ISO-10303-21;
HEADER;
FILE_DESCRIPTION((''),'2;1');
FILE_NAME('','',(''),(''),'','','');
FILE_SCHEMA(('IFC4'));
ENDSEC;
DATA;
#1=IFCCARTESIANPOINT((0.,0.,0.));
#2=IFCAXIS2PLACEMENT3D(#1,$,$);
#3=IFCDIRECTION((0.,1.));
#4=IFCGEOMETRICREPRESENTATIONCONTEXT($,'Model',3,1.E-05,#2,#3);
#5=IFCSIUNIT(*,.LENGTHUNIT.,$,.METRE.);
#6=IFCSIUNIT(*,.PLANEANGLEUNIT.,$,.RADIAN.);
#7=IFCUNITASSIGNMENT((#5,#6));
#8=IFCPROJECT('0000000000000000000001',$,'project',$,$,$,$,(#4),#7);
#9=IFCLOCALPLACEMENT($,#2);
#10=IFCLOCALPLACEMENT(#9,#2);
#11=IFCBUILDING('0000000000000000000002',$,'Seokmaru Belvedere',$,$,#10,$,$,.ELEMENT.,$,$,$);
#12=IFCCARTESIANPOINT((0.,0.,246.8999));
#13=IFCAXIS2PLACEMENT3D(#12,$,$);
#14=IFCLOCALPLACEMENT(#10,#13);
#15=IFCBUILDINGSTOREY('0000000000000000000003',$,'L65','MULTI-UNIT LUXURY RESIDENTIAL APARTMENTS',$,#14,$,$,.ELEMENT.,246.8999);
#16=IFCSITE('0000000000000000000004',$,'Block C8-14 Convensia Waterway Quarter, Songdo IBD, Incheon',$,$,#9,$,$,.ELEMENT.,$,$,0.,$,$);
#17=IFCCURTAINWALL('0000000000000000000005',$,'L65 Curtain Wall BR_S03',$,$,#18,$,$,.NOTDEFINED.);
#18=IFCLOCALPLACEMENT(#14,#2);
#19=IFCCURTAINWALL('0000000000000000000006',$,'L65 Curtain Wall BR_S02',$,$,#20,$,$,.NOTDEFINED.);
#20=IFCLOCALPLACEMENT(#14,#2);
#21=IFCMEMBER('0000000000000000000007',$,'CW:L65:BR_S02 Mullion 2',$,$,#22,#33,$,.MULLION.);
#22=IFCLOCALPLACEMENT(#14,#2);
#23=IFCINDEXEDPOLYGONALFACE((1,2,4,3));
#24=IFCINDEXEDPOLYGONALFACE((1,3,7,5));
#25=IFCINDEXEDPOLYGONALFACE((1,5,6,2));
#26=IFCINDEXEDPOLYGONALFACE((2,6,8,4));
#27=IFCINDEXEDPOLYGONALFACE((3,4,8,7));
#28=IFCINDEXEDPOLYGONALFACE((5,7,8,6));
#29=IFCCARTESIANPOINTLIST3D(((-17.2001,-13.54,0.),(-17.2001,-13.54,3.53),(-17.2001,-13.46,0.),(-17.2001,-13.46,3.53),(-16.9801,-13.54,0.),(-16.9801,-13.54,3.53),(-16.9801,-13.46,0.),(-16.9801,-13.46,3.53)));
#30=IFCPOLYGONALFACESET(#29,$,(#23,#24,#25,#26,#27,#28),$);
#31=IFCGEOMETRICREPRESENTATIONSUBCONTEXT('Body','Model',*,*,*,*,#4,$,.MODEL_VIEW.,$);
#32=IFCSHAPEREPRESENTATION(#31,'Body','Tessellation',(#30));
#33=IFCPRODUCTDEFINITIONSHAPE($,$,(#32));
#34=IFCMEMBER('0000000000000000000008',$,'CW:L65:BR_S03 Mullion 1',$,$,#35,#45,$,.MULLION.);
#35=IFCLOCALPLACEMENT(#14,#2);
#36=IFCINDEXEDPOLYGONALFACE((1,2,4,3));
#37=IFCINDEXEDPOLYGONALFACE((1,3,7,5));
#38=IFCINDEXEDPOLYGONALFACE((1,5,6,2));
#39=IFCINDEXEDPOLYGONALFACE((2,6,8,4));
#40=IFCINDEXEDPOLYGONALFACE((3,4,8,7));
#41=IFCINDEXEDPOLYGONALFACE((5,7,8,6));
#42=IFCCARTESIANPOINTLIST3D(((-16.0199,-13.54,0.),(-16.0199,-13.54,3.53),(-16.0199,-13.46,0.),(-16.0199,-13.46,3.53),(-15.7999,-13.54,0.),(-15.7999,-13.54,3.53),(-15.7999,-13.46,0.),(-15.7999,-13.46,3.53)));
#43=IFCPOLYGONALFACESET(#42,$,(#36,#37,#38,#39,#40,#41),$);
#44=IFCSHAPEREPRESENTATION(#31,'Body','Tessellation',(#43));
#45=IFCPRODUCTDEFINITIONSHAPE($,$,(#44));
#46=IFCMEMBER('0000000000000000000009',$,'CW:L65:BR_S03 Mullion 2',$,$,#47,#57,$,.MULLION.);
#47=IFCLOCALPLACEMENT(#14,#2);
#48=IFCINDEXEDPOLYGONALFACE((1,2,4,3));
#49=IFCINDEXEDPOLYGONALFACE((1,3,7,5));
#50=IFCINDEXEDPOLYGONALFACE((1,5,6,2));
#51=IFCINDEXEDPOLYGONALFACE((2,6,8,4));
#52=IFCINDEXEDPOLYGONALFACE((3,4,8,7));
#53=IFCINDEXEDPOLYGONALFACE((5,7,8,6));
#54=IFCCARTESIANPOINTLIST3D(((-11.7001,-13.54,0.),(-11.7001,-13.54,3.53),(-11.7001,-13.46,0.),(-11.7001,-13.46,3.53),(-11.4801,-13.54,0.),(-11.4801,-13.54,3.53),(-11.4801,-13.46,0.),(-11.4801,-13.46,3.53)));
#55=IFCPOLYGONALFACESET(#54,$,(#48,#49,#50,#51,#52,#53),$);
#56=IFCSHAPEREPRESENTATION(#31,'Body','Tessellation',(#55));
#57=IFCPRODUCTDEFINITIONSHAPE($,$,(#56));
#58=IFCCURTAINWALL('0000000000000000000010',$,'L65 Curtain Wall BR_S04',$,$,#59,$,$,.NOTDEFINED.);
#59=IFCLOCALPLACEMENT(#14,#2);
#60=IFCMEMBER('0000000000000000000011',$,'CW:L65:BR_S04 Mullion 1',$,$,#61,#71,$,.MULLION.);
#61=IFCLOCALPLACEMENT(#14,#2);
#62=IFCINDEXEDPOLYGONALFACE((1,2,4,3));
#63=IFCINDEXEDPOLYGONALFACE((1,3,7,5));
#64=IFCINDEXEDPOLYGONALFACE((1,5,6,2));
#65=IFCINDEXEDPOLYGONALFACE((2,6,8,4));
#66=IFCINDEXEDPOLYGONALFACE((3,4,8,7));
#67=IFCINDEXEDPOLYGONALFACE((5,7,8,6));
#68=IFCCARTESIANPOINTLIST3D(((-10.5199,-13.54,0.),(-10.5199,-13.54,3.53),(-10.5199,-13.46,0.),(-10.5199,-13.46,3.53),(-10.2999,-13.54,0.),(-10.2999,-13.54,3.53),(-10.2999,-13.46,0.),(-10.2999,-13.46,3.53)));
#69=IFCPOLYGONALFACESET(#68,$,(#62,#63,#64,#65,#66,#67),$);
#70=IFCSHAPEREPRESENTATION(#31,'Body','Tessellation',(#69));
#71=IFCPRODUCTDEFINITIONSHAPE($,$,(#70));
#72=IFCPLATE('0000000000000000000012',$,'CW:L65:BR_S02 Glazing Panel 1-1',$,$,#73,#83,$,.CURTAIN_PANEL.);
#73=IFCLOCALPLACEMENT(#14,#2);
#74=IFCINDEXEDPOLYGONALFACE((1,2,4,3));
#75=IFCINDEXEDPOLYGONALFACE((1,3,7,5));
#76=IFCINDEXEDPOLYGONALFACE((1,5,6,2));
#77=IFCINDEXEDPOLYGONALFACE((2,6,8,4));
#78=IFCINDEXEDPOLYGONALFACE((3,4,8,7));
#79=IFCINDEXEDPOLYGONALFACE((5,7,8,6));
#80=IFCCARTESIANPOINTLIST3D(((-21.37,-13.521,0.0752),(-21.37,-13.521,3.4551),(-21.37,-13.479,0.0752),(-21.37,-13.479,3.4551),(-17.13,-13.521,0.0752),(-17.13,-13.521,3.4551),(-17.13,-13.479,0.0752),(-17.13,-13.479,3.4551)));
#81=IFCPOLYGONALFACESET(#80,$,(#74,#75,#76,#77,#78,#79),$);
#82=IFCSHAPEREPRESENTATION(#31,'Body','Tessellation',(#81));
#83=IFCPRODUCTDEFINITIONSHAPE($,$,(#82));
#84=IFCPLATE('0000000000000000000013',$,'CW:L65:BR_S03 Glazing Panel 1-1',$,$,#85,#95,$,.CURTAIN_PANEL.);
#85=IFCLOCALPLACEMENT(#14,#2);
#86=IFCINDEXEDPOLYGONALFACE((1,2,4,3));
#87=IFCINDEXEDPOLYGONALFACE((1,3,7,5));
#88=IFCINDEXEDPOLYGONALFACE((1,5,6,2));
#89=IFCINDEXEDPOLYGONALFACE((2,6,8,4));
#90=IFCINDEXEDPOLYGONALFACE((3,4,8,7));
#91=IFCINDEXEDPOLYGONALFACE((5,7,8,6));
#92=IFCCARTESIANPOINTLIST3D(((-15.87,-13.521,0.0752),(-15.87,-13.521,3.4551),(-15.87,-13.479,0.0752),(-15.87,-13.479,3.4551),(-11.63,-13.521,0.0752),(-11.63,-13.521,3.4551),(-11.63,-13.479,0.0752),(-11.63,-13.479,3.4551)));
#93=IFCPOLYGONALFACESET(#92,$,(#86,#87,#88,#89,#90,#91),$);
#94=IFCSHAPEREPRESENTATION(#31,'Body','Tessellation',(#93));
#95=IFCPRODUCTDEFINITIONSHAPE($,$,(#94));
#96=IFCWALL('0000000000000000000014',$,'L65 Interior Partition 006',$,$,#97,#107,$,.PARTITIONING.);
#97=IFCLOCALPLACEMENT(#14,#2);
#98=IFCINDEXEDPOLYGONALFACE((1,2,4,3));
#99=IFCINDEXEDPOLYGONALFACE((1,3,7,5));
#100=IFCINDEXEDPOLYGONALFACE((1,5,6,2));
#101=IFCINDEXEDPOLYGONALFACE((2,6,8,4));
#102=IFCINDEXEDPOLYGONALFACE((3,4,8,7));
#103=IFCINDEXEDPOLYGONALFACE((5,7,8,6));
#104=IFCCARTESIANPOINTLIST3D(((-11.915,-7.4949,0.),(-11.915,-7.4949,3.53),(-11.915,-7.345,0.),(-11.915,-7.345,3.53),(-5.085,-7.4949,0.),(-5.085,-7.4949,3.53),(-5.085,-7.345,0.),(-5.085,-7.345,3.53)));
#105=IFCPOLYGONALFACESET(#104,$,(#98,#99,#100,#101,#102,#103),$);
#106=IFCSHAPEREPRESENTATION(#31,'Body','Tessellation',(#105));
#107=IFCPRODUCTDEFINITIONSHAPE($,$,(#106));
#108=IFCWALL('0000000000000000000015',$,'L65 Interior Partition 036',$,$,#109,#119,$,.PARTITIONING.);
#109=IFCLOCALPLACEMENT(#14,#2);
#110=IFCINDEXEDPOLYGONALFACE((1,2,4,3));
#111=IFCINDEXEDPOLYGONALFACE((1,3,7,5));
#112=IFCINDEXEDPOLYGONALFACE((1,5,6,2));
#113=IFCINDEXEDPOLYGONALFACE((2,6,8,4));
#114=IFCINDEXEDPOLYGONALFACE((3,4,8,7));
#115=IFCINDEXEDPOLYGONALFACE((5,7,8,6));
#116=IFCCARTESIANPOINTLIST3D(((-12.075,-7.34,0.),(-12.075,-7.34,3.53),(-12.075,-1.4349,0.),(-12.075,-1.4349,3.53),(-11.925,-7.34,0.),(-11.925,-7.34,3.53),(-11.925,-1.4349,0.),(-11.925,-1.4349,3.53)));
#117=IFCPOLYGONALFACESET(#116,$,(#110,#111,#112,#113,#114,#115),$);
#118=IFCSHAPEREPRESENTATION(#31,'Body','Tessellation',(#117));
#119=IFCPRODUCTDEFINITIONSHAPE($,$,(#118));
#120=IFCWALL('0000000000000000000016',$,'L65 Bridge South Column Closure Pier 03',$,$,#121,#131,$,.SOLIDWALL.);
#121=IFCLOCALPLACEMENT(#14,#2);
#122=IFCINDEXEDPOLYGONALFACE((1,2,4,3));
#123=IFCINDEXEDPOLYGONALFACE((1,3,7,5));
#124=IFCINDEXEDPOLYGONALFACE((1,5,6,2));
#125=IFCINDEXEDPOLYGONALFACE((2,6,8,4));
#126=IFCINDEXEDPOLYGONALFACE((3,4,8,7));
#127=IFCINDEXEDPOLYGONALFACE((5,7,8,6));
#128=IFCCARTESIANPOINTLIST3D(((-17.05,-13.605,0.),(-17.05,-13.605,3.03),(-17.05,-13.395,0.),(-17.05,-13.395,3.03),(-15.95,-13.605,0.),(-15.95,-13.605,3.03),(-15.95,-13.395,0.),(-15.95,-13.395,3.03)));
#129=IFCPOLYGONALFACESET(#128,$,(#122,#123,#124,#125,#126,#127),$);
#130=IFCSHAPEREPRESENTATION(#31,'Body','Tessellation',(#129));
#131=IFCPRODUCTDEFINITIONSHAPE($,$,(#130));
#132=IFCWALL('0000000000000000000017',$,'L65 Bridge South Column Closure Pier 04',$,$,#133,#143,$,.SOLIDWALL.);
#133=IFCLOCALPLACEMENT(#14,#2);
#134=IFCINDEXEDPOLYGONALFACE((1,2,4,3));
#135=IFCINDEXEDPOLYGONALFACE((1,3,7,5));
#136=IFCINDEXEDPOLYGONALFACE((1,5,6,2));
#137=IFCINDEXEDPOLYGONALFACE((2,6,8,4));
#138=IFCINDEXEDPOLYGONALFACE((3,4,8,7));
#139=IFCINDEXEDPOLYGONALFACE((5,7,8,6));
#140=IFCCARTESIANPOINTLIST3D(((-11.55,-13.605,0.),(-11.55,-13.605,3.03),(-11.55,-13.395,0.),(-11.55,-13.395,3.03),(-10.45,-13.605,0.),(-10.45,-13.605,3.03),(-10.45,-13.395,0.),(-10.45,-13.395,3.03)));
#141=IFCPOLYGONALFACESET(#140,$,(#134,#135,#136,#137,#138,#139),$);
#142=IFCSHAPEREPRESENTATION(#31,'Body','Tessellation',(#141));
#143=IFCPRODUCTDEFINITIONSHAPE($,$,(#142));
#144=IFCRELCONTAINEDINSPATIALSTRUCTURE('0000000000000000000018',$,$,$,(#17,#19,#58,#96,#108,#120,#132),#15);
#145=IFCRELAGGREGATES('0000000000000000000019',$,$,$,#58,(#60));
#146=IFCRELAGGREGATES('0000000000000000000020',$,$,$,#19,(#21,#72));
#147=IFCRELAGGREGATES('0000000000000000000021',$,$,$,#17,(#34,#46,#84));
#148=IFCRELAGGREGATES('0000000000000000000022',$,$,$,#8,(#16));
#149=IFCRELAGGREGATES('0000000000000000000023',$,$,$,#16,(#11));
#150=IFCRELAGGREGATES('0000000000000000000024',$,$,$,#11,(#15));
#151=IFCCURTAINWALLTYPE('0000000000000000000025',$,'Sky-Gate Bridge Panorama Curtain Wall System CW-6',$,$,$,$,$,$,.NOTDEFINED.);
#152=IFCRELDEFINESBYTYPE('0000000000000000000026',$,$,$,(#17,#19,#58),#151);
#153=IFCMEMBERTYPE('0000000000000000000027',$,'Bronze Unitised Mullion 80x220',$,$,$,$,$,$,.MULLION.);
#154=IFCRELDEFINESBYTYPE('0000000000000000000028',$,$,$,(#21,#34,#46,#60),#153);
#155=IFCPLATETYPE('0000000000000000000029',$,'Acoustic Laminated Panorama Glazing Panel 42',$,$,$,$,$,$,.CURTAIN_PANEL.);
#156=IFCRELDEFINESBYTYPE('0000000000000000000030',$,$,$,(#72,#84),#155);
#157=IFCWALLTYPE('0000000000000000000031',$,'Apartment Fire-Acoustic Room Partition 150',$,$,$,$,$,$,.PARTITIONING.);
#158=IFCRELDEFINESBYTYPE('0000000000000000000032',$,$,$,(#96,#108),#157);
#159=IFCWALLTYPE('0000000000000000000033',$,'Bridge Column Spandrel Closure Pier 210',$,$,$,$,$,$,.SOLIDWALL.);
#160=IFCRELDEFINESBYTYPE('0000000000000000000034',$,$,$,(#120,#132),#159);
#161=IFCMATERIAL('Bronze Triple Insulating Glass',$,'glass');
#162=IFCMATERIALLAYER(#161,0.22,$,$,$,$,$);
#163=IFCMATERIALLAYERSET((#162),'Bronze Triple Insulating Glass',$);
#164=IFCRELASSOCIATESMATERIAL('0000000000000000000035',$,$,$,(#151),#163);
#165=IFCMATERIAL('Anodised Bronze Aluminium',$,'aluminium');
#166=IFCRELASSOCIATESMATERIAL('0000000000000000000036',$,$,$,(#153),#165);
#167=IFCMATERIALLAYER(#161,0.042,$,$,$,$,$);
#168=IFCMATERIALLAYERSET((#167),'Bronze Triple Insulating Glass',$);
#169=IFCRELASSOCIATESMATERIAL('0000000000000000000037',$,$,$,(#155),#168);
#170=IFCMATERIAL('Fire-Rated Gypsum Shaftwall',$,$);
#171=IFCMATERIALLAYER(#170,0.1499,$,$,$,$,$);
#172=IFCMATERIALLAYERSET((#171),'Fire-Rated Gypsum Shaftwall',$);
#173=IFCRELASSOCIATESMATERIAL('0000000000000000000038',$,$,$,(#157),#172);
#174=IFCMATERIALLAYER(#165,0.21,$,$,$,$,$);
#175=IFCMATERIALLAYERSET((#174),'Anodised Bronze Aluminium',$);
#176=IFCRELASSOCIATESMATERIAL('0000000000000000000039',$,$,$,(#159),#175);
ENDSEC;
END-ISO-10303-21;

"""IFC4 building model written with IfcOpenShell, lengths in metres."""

from ifc_helpers import new_model, si_unit, direction, frame, frame_2d, origin, origin_2d, place, context, subcontext, project, spatial, rectangle, extrude, source, transform, mapped, material, layer, layer_set, material_profile, profile_set, type_object, type_shapes, element, aggregate, save


model = new_model("IFC4")

# Units and contexts
model_context = context("Model", 3, precision=1e-05, world=origin(), true_north=direction((0.0, 1.0)))
body_context = subcontext(model_context, "Body", "Model", "MODEL_VIEW")
ifc_project = project(units=[si_unit("LENGTHUNIT", "METRE"), si_unit("PLANEANGLEUNIT", "RADIAN")], contexts=[model_context])

# Site, building, storey
site_placement = place(None, origin())
site = spatial("IfcSite", under=ifc_project, at=site_placement, Name="Block C8-14 Convensia Waterway Quarter, Songdo IBD, Incheon", CompositionType="ELEMENT", RefElevation=0.0)
building_placement = place(site_placement, origin())
building = spatial("IfcBuilding", under=site, at=building_placement, Name="Seokmaru Belvedere", CompositionType="ELEMENT")
storey_placement = place(building_placement, frame((0.0, 0.0, 246.8999)))
storey = spatial("IfcBuildingStorey", under=building, at=storey_placement, Name="L65", Description="MULTI-UNIT LUXURY RESIDENTIAL APARTMENTS", CompositionType="ELEMENT", Elevation=246.8999)

# Curtain wall
ifc_material_1 = material(Name="Bronze Triple Insulating Glass", Category="glass")
ifc_layer_1 = layer(ifc_material_1, 0.22)
ifc_layer_set_1 = layer_set([ifc_layer_1], Name="Bronze Triple Insulating Glass")
curtain_wall_type = type_object("IfcCurtainWallType", Name="Sky-Gate Bridge Panorama Curtain Wall System CW-6", PredefinedType="NOTDEFINED", material=ifc_layer_set_1)
curtain_wall_1_placement = place(storey_placement, origin())
curtain_wall_1 = element("IfcCurtainWall", 1, at=curtain_wall_1_placement, inside=storey, type_object=curtain_wall_type, Name="L65 Curtain Wall BR_S03", PredefinedType="NOTDEFINED")
ifc_material_2 = material(Name="Anodised Bronze Aluminium", Category="aluminium")

# Curtain wall, member
curtain_wall_2_placement = place(storey_placement, origin())
curtain_wall_2 = element("IfcCurtainWall", 2, at=curtain_wall_2_placement, inside=storey, type_object=curtain_wall_type, Name="L65 Curtain Wall BR_S02", PredefinedType="NOTDEFINED")
ifc_material_profile_1 = material_profile(ifc_material_2, rectangle(XDim=0.0801, YDim=0.22, at=origin_2d()), Name="CW-M-80x220")
ifc_profile_set_1 = profile_set([ifc_material_profile_1], Name="Anodised Bronze Aluminium")
member_type_1 = type_object("IfcMemberType", Name="Bronze Unitised Mullion 80x220", PredefinedType="MULLION", material=ifc_profile_set_1)
shared_shape_1 = source(origin(), body_context, "Body", "SweptSolid", [
    extrude(rectangle(XDim=0.0801, YDim=0.22, at=origin_2d()), origin(), (0.0, 0.0, 1.0), 3.53),
])
type_shapes(member_type_1, [shared_shape_1])
member_1_placement = place(storey_placement, frame((-17.0901, -13.5, 0.0), z_axis=(0.0, 0.0, 1.0), x_axis=(0.0, 1.0, 0.0)))
member_1 = element("IfcMember", 3, at=member_1_placement, type_object=member_type_1, Name="CW:L65:BR_S02 Mullion 2", PredefinedType="MULLION", context=body_context, shape_type="MappedRepresentation", body=[
    mapped(shared_shape_1, transform((0.0, 0.0, 0.0), scale=1.0)),
])

# Members
member_2_placement = place(storey_placement, frame((-15.9099, -13.5, 0.0), z_axis=(0.0, 0.0, 1.0), x_axis=(0.0, 1.0, 0.0)))
member_2 = element("IfcMember", 4, at=member_2_placement, type_object=member_type_1, Name="CW:L65:BR_S03 Mullion 1", PredefinedType="MULLION", context=body_context, shape_type="MappedRepresentation", body=[
    mapped(shared_shape_1, transform((0.0, 0.0, 0.0), scale=1.0)),
])
member_3_placement = place(storey_placement, frame((-11.5901, -13.5, 0.0), z_axis=(0.0, 0.0, 1.0), x_axis=(0.0, 1.0, 0.0)))
member_3 = element("IfcMember", 5, at=member_3_placement, type_object=member_type_1, Name="CW:L65:BR_S03 Mullion 2", PredefinedType="MULLION", context=body_context, shape_type="MappedRepresentation", body=[
    mapped(shared_shape_1, transform((0.0, 0.0, 0.0), scale=1.0)),
])

# Curtain wall, member
curtain_wall_3_placement = place(storey_placement, origin())
curtain_wall_3 = element("IfcCurtainWall", 6, at=curtain_wall_3_placement, inside=storey, type_object=curtain_wall_type, Name="L65 Curtain Wall BR_S04", PredefinedType="NOTDEFINED")
member_4_placement = place(storey_placement, frame((-10.4099, -13.5, 0.0), z_axis=(0.0, 0.0, 1.0), x_axis=(0.0, 1.0, 0.0)))
member_4 = element("IfcMember", 7, at=member_4_placement, type_object=member_type_1, Name="CW:L65:BR_S04 Mullion 1", PredefinedType="MULLION", context=body_context, shape_type="MappedRepresentation", body=[
    mapped(shared_shape_1, transform((0.0, 0.0, 0.0), scale=1.0)),
])
aggregate(curtain_wall_3, [member_4])

# Plates
ifc_layer_2 = layer(ifc_material_1, 0.042)
ifc_layer_set_2 = layer_set([ifc_layer_2], Name="Bronze Triple Insulating Glass")
plate_type = type_object("IfcPlateType", Name="Acoustic Laminated Panorama Glazing Panel 42", PredefinedType="CURTAIN_PANEL", material=ifc_layer_set_2)
shared_shape_2 = source(origin(), body_context, "Body", "SweptSolid", [
    extrude(rectangle(XDim=4.24, YDim=0.042, at=origin_2d()), origin(), (0.0, 0.0, 1.0), 3.3799),
])
type_shapes(plate_type, [shared_shape_2])
plate_1_placement = place(storey_placement, frame((-19.25, -13.5, 0.0752), z_axis=(0.0, 0.0, 1.0), x_axis=(1.0, 0.0, 0.0)))
plate_1 = element("IfcPlate", 8, at=plate_1_placement, type_object=plate_type, Name="CW:L65:BR_S02 Glazing Panel 1-1", PredefinedType="CURTAIN_PANEL", context=body_context, shape_type="MappedRepresentation", body=[
    mapped(shared_shape_2, transform((0.0, 0.0, 0.0), scale=1.0)),
])
aggregate(curtain_wall_2, [member_1, plate_1])
plate_2_placement = place(storey_placement, frame((-13.75, -13.5, 0.0752), z_axis=(0.0, 0.0, 1.0), x_axis=(1.0, 0.0, 0.0)))
plate_2 = element("IfcPlate", 9, at=plate_2_placement, type_object=plate_type, Name="CW:L65:BR_S03 Glazing Panel 1-1", PredefinedType="CURTAIN_PANEL", context=body_context, shape_type="MappedRepresentation", body=[
    mapped(shared_shape_2, transform((0.0, 0.0, 0.0), scale=1.0)),
])
aggregate(curtain_wall_1, [member_2, member_3, plate_2])

# Walls
ifc_material_3 = material(Name="Fire-Rated Gypsum Shaftwall")
ifc_layer_3 = layer(ifc_material_3, 0.1499)
ifc_layer_set_3 = layer_set([ifc_layer_3], Name="Fire-Rated Gypsum Shaftwall")
wall_type_1 = type_object("IfcWallType", Name="Apartment Fire-Acoustic Room Partition 150", PredefinedType="PARTITIONING", material=ifc_layer_set_3)
wall_1_placement = place(storey_placement, frame((-11.915, -7.4199, 0.0), z_axis=(0.0, 0.0, 1.0), x_axis=(1.0, 0.0, 0.0)))
element("IfcWall", 10, at=wall_1_placement, inside=storey, type_object=wall_type_1, Name="L65 Interior Partition 006", PredefinedType="PARTITIONING", context=body_context, shape_type="SweptSolid", body=[
    extrude(rectangle(XDim=6.8301, YDim=0.1499, at=frame_2d((3.415, 0.0))), origin(), (0.0, 0.0, 1.0), 3.53),
])
wall_2_placement = place(storey_placement, frame((-12.0, -7.3401, 0.0), z_axis=(0.0, 0.0, 1.0), x_axis=(0.0, 1.0, 0.0)))
element("IfcWall", 11, at=wall_2_placement, inside=storey, type_object=wall_type_1, Name="L65 Interior Partition 036", PredefinedType="PARTITIONING", context=body_context, shape_type="SweptSolid", body=[
    extrude(rectangle(XDim=5.905, YDim=0.1499, at=frame_2d((2.9526, 0.0))), origin(), (0.0, 0.0, 1.0), 3.53),
])
ifc_layer_4 = layer(ifc_material_2, 0.21)
ifc_layer_set_4 = layer_set([ifc_layer_4], Name="Anodised Bronze Aluminium")
wall_type_2 = type_object("IfcWallType", Name="Bridge Column Spandrel Closure Pier 210", PredefinedType="SOLIDWALL", material=ifc_layer_set_4)
for number, where, z_axis, x_axis, name in (
    (12, (-17.05, -13.5, 0.0), (0.0, 0.0, 1.0), (1.0, 0.0, 0.0), "L65 Bridge South Column Closure Pier 03"),
    (13, (-11.55, -13.5, 0.0), (0.0, 0.0, 1.0), (1.0, 0.0, 0.0), "L65 Bridge South Column Closure Pier 04"),
):
    element("IfcWall", number, at=place(storey_placement, frame(where, z_axis=z_axis, x_axis=x_axis)), inside=storey, type_object=wall_type_2, Name=name, PredefinedType="SOLIDWALL", context=body_context, shape_type="SweptSolid", body=[
        extrude(rectangle(XDim=1.1001, YDim=0.21, at=frame_2d((0.55, 0.0))), origin(), (0.0, 0.0, 1.0), 3.03),
    ])

save(model, "model.ifc")
